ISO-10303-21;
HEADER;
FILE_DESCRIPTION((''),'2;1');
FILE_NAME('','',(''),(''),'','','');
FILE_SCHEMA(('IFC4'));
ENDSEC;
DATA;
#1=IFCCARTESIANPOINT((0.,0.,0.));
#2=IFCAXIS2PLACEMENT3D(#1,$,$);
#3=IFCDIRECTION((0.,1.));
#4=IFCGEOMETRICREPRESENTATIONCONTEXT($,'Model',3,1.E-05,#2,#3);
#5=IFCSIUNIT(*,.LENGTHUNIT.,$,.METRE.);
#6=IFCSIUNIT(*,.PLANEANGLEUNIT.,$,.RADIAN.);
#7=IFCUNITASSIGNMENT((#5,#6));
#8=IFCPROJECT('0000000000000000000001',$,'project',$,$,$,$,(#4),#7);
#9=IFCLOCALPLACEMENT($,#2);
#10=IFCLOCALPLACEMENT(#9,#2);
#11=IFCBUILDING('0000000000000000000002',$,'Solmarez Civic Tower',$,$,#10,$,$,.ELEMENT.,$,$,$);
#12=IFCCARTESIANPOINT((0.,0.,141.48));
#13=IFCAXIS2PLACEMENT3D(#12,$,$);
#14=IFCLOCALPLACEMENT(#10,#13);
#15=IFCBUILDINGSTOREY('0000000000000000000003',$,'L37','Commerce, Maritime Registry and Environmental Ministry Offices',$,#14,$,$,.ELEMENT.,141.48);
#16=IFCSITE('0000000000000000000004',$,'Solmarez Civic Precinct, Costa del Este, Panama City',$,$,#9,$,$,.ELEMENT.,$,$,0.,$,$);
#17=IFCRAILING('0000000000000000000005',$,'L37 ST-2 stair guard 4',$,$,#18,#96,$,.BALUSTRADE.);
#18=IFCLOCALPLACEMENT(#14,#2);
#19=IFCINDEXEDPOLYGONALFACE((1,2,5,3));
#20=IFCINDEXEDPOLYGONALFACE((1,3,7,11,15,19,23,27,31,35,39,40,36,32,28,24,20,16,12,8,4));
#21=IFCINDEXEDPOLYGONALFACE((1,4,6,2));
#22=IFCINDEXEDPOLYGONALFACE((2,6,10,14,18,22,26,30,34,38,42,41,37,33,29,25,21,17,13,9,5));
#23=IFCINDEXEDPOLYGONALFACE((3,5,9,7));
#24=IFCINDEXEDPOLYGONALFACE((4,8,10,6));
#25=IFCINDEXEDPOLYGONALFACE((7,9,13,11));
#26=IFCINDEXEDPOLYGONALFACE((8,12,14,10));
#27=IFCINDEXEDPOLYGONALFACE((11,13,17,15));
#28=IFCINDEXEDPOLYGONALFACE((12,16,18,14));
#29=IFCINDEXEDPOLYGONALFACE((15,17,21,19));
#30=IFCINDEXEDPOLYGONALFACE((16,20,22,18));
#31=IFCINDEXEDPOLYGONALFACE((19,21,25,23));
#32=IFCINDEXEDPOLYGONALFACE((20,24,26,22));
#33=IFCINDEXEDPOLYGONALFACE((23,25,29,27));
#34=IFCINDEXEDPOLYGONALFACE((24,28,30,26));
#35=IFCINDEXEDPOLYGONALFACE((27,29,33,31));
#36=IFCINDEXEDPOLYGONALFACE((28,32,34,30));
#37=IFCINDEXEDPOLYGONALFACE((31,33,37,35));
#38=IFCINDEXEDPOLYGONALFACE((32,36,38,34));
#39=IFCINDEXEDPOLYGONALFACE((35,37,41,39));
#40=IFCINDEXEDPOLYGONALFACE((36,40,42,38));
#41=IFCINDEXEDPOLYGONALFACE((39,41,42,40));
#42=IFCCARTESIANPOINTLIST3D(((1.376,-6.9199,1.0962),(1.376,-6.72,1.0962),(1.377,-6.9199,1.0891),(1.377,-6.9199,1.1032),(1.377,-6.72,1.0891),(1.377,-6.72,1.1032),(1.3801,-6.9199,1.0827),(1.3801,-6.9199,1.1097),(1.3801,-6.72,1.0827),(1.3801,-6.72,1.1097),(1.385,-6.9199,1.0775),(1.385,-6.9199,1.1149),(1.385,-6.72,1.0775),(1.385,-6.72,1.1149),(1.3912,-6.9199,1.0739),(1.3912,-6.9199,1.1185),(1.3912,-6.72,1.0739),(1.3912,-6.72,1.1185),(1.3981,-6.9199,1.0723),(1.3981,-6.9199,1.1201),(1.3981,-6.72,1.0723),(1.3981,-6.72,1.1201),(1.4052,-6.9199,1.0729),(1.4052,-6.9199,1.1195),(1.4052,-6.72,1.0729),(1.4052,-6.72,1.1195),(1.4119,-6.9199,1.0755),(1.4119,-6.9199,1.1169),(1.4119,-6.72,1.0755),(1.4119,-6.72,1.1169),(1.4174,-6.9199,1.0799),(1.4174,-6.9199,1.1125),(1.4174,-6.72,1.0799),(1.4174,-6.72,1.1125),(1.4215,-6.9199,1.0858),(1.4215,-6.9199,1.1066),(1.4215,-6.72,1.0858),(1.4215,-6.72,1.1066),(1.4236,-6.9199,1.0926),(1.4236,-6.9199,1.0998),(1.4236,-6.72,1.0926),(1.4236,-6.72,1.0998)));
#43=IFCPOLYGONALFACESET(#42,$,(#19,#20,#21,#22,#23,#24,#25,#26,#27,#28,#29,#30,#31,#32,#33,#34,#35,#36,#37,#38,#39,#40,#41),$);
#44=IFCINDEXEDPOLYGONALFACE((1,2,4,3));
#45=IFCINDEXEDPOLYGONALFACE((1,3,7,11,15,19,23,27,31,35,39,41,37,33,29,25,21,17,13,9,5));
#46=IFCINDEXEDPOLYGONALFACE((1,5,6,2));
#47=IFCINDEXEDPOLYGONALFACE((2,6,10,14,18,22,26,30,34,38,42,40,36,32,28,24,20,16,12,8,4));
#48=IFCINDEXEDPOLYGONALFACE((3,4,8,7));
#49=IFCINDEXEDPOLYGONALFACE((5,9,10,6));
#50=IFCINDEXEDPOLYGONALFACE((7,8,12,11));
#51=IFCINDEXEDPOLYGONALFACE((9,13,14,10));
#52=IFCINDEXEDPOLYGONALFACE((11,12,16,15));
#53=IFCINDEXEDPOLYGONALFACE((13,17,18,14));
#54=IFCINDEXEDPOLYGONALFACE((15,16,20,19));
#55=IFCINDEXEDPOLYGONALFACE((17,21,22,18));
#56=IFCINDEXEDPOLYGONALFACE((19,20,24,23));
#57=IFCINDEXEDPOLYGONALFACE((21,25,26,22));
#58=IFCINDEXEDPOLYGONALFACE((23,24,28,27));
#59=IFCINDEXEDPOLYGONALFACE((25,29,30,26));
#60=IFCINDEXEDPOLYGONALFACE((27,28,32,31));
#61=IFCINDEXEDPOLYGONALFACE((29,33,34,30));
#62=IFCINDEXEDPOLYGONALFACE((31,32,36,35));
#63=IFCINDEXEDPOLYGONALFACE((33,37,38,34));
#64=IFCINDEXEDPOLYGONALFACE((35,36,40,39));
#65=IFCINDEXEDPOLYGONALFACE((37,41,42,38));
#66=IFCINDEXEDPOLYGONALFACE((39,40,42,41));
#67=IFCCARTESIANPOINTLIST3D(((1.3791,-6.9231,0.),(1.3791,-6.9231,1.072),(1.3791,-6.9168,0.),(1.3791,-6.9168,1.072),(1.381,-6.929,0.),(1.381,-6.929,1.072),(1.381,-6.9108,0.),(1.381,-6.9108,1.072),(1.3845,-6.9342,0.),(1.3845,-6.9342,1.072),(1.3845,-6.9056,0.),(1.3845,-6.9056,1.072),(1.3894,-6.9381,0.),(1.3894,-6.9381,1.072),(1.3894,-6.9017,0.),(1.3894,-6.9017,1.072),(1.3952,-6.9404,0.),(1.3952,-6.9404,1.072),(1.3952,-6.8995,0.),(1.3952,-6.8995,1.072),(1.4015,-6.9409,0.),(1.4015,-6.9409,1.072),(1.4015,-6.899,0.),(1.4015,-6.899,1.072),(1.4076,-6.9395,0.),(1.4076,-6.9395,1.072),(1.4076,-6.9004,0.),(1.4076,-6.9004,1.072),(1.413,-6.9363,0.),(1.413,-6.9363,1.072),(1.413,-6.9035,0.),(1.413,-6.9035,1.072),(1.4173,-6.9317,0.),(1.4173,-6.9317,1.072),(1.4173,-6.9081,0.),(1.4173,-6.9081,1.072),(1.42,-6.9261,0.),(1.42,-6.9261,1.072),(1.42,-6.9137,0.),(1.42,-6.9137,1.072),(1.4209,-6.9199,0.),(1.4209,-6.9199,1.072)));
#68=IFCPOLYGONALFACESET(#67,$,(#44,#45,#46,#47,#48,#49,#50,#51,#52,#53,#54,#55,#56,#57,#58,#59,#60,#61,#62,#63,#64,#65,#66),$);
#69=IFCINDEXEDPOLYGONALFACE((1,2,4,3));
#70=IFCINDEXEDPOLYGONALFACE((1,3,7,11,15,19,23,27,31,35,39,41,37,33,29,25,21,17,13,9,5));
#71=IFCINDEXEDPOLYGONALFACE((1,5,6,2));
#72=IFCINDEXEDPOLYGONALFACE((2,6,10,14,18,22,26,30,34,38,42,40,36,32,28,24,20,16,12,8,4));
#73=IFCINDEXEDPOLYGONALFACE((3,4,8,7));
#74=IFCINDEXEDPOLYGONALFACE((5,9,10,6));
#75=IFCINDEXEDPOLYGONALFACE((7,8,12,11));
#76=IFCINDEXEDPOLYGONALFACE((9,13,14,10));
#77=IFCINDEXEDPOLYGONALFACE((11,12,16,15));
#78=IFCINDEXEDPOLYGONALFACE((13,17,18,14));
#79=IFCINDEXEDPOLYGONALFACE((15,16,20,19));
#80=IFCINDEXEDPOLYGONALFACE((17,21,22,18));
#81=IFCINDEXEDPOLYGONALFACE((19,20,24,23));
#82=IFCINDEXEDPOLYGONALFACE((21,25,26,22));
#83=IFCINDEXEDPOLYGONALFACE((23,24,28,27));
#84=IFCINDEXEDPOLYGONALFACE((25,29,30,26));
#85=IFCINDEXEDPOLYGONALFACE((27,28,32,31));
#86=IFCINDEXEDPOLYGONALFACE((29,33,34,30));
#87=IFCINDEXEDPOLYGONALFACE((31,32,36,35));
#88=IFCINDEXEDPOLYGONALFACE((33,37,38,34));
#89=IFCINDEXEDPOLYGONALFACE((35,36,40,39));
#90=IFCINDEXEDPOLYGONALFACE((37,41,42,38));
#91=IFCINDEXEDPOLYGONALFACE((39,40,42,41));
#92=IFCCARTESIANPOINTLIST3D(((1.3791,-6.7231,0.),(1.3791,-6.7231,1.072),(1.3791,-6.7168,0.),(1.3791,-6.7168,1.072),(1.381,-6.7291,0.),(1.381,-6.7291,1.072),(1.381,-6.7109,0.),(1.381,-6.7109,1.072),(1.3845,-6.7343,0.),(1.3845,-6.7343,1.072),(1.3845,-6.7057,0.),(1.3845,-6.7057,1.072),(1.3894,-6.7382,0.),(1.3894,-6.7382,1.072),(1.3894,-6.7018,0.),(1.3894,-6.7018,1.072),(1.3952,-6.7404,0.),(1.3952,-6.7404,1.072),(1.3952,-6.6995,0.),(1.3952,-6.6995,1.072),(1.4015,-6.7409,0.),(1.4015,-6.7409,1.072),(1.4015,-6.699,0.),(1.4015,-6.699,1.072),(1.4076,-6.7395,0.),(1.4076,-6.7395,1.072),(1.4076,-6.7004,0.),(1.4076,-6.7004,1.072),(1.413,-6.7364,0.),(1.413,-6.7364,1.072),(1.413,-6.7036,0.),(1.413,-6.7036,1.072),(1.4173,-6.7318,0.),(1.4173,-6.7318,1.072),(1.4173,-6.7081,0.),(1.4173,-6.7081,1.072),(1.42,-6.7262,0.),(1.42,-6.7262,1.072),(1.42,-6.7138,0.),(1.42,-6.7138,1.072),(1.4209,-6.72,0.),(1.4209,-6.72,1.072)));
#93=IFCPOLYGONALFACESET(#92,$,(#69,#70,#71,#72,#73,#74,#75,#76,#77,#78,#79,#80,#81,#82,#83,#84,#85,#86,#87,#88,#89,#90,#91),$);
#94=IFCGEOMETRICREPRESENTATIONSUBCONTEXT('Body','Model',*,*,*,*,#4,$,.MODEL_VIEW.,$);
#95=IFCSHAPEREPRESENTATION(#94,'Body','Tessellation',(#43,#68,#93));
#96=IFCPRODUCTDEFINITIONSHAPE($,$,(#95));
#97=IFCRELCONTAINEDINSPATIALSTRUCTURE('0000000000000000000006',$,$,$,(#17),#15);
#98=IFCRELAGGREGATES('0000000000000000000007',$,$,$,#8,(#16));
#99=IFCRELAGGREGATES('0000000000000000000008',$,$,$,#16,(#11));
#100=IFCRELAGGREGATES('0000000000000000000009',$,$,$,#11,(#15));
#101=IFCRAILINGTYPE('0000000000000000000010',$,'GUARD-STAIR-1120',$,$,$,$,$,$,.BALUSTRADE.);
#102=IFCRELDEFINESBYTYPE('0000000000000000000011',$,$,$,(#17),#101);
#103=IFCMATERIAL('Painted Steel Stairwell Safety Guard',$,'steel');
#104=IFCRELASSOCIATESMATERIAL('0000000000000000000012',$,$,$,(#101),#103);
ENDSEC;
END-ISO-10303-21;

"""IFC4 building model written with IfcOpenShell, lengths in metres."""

from ifc_helpers import new_model, si_unit, direction, frame, origin, origin_2d, place, context, subcontext, project, spatial, circle, extrude, material, type_object, element, save


model = new_model("IFC4")

# Units and contexts
model_context = context("Model", 3, precision=1e-05, world=origin(), true_north=direction((0.0, 1.0)))
body_context = subcontext(model_context, "Body", "Model", "MODEL_VIEW")
ifc_project = project(units=[si_unit("LENGTHUNIT", "METRE"), si_unit("PLANEANGLEUNIT", "RADIAN")], contexts=[model_context])

# Site, building, storey
site_placement = place(None, origin())
site = spatial("IfcSite", under=ifc_project, at=site_placement, Name="Solmarez Civic Precinct, Costa del Este, Panama City", CompositionType="ELEMENT", RefElevation=0.0)
building_placement = place(site_placement, origin())
building = spatial("IfcBuilding", under=site, at=building_placement, Name="Solmarez Civic Tower", CompositionType="ELEMENT")
storey_placement = place(building_placement, frame((0.0, 0.0, 141.48)))
storey = spatial("IfcBuildingStorey", under=building, at=storey_placement, Name="L37", Description="Commerce, Maritime Registry and Environmental Ministry Offices", CompositionType="ELEMENT", Elevation=141.48)

# Railing
ifc_material_1 = material(Name="Painted Steel Stairwell Safety Guard", Category="steel")
railing_type_1 = type_object("IfcRailingType", Name="GUARD-STAIR-1120", PredefinedType="BALUSTRADE", material=ifc_material_1)
railing_1_placement = place(storey_placement, frame((1.3999, -6.9199, 0.0)))
element("IfcRailing", 1, at=railing_1_placement, inside=storey, type_object=railing_type_1, Name="L37 ST-2 stair guard 4", PredefinedType="BALUSTRADE", context=body_context, shape_type="SweptSolid", body=[
    extrude(circle(Radius=0.0239, at=origin_2d()), frame((0.0, 0.0, 1.0962), z_axis=(0.0, 1.0, 0.0), x_axis=(-1.0, 0.0, 0.0)), (0.0, 0.0, 1.0), 0.2),
    extrude(circle(Radius=0.021, at=origin_2d()), origin(), (0.0, 0.0, 1.0), 1.072),
    extrude(circle(Radius=0.021, at=origin_2d()), frame((0.0, 0.2, 0.0)), (0.0, 0.0, 1.0), 1.072),
])

save(model, "model.ifc")
